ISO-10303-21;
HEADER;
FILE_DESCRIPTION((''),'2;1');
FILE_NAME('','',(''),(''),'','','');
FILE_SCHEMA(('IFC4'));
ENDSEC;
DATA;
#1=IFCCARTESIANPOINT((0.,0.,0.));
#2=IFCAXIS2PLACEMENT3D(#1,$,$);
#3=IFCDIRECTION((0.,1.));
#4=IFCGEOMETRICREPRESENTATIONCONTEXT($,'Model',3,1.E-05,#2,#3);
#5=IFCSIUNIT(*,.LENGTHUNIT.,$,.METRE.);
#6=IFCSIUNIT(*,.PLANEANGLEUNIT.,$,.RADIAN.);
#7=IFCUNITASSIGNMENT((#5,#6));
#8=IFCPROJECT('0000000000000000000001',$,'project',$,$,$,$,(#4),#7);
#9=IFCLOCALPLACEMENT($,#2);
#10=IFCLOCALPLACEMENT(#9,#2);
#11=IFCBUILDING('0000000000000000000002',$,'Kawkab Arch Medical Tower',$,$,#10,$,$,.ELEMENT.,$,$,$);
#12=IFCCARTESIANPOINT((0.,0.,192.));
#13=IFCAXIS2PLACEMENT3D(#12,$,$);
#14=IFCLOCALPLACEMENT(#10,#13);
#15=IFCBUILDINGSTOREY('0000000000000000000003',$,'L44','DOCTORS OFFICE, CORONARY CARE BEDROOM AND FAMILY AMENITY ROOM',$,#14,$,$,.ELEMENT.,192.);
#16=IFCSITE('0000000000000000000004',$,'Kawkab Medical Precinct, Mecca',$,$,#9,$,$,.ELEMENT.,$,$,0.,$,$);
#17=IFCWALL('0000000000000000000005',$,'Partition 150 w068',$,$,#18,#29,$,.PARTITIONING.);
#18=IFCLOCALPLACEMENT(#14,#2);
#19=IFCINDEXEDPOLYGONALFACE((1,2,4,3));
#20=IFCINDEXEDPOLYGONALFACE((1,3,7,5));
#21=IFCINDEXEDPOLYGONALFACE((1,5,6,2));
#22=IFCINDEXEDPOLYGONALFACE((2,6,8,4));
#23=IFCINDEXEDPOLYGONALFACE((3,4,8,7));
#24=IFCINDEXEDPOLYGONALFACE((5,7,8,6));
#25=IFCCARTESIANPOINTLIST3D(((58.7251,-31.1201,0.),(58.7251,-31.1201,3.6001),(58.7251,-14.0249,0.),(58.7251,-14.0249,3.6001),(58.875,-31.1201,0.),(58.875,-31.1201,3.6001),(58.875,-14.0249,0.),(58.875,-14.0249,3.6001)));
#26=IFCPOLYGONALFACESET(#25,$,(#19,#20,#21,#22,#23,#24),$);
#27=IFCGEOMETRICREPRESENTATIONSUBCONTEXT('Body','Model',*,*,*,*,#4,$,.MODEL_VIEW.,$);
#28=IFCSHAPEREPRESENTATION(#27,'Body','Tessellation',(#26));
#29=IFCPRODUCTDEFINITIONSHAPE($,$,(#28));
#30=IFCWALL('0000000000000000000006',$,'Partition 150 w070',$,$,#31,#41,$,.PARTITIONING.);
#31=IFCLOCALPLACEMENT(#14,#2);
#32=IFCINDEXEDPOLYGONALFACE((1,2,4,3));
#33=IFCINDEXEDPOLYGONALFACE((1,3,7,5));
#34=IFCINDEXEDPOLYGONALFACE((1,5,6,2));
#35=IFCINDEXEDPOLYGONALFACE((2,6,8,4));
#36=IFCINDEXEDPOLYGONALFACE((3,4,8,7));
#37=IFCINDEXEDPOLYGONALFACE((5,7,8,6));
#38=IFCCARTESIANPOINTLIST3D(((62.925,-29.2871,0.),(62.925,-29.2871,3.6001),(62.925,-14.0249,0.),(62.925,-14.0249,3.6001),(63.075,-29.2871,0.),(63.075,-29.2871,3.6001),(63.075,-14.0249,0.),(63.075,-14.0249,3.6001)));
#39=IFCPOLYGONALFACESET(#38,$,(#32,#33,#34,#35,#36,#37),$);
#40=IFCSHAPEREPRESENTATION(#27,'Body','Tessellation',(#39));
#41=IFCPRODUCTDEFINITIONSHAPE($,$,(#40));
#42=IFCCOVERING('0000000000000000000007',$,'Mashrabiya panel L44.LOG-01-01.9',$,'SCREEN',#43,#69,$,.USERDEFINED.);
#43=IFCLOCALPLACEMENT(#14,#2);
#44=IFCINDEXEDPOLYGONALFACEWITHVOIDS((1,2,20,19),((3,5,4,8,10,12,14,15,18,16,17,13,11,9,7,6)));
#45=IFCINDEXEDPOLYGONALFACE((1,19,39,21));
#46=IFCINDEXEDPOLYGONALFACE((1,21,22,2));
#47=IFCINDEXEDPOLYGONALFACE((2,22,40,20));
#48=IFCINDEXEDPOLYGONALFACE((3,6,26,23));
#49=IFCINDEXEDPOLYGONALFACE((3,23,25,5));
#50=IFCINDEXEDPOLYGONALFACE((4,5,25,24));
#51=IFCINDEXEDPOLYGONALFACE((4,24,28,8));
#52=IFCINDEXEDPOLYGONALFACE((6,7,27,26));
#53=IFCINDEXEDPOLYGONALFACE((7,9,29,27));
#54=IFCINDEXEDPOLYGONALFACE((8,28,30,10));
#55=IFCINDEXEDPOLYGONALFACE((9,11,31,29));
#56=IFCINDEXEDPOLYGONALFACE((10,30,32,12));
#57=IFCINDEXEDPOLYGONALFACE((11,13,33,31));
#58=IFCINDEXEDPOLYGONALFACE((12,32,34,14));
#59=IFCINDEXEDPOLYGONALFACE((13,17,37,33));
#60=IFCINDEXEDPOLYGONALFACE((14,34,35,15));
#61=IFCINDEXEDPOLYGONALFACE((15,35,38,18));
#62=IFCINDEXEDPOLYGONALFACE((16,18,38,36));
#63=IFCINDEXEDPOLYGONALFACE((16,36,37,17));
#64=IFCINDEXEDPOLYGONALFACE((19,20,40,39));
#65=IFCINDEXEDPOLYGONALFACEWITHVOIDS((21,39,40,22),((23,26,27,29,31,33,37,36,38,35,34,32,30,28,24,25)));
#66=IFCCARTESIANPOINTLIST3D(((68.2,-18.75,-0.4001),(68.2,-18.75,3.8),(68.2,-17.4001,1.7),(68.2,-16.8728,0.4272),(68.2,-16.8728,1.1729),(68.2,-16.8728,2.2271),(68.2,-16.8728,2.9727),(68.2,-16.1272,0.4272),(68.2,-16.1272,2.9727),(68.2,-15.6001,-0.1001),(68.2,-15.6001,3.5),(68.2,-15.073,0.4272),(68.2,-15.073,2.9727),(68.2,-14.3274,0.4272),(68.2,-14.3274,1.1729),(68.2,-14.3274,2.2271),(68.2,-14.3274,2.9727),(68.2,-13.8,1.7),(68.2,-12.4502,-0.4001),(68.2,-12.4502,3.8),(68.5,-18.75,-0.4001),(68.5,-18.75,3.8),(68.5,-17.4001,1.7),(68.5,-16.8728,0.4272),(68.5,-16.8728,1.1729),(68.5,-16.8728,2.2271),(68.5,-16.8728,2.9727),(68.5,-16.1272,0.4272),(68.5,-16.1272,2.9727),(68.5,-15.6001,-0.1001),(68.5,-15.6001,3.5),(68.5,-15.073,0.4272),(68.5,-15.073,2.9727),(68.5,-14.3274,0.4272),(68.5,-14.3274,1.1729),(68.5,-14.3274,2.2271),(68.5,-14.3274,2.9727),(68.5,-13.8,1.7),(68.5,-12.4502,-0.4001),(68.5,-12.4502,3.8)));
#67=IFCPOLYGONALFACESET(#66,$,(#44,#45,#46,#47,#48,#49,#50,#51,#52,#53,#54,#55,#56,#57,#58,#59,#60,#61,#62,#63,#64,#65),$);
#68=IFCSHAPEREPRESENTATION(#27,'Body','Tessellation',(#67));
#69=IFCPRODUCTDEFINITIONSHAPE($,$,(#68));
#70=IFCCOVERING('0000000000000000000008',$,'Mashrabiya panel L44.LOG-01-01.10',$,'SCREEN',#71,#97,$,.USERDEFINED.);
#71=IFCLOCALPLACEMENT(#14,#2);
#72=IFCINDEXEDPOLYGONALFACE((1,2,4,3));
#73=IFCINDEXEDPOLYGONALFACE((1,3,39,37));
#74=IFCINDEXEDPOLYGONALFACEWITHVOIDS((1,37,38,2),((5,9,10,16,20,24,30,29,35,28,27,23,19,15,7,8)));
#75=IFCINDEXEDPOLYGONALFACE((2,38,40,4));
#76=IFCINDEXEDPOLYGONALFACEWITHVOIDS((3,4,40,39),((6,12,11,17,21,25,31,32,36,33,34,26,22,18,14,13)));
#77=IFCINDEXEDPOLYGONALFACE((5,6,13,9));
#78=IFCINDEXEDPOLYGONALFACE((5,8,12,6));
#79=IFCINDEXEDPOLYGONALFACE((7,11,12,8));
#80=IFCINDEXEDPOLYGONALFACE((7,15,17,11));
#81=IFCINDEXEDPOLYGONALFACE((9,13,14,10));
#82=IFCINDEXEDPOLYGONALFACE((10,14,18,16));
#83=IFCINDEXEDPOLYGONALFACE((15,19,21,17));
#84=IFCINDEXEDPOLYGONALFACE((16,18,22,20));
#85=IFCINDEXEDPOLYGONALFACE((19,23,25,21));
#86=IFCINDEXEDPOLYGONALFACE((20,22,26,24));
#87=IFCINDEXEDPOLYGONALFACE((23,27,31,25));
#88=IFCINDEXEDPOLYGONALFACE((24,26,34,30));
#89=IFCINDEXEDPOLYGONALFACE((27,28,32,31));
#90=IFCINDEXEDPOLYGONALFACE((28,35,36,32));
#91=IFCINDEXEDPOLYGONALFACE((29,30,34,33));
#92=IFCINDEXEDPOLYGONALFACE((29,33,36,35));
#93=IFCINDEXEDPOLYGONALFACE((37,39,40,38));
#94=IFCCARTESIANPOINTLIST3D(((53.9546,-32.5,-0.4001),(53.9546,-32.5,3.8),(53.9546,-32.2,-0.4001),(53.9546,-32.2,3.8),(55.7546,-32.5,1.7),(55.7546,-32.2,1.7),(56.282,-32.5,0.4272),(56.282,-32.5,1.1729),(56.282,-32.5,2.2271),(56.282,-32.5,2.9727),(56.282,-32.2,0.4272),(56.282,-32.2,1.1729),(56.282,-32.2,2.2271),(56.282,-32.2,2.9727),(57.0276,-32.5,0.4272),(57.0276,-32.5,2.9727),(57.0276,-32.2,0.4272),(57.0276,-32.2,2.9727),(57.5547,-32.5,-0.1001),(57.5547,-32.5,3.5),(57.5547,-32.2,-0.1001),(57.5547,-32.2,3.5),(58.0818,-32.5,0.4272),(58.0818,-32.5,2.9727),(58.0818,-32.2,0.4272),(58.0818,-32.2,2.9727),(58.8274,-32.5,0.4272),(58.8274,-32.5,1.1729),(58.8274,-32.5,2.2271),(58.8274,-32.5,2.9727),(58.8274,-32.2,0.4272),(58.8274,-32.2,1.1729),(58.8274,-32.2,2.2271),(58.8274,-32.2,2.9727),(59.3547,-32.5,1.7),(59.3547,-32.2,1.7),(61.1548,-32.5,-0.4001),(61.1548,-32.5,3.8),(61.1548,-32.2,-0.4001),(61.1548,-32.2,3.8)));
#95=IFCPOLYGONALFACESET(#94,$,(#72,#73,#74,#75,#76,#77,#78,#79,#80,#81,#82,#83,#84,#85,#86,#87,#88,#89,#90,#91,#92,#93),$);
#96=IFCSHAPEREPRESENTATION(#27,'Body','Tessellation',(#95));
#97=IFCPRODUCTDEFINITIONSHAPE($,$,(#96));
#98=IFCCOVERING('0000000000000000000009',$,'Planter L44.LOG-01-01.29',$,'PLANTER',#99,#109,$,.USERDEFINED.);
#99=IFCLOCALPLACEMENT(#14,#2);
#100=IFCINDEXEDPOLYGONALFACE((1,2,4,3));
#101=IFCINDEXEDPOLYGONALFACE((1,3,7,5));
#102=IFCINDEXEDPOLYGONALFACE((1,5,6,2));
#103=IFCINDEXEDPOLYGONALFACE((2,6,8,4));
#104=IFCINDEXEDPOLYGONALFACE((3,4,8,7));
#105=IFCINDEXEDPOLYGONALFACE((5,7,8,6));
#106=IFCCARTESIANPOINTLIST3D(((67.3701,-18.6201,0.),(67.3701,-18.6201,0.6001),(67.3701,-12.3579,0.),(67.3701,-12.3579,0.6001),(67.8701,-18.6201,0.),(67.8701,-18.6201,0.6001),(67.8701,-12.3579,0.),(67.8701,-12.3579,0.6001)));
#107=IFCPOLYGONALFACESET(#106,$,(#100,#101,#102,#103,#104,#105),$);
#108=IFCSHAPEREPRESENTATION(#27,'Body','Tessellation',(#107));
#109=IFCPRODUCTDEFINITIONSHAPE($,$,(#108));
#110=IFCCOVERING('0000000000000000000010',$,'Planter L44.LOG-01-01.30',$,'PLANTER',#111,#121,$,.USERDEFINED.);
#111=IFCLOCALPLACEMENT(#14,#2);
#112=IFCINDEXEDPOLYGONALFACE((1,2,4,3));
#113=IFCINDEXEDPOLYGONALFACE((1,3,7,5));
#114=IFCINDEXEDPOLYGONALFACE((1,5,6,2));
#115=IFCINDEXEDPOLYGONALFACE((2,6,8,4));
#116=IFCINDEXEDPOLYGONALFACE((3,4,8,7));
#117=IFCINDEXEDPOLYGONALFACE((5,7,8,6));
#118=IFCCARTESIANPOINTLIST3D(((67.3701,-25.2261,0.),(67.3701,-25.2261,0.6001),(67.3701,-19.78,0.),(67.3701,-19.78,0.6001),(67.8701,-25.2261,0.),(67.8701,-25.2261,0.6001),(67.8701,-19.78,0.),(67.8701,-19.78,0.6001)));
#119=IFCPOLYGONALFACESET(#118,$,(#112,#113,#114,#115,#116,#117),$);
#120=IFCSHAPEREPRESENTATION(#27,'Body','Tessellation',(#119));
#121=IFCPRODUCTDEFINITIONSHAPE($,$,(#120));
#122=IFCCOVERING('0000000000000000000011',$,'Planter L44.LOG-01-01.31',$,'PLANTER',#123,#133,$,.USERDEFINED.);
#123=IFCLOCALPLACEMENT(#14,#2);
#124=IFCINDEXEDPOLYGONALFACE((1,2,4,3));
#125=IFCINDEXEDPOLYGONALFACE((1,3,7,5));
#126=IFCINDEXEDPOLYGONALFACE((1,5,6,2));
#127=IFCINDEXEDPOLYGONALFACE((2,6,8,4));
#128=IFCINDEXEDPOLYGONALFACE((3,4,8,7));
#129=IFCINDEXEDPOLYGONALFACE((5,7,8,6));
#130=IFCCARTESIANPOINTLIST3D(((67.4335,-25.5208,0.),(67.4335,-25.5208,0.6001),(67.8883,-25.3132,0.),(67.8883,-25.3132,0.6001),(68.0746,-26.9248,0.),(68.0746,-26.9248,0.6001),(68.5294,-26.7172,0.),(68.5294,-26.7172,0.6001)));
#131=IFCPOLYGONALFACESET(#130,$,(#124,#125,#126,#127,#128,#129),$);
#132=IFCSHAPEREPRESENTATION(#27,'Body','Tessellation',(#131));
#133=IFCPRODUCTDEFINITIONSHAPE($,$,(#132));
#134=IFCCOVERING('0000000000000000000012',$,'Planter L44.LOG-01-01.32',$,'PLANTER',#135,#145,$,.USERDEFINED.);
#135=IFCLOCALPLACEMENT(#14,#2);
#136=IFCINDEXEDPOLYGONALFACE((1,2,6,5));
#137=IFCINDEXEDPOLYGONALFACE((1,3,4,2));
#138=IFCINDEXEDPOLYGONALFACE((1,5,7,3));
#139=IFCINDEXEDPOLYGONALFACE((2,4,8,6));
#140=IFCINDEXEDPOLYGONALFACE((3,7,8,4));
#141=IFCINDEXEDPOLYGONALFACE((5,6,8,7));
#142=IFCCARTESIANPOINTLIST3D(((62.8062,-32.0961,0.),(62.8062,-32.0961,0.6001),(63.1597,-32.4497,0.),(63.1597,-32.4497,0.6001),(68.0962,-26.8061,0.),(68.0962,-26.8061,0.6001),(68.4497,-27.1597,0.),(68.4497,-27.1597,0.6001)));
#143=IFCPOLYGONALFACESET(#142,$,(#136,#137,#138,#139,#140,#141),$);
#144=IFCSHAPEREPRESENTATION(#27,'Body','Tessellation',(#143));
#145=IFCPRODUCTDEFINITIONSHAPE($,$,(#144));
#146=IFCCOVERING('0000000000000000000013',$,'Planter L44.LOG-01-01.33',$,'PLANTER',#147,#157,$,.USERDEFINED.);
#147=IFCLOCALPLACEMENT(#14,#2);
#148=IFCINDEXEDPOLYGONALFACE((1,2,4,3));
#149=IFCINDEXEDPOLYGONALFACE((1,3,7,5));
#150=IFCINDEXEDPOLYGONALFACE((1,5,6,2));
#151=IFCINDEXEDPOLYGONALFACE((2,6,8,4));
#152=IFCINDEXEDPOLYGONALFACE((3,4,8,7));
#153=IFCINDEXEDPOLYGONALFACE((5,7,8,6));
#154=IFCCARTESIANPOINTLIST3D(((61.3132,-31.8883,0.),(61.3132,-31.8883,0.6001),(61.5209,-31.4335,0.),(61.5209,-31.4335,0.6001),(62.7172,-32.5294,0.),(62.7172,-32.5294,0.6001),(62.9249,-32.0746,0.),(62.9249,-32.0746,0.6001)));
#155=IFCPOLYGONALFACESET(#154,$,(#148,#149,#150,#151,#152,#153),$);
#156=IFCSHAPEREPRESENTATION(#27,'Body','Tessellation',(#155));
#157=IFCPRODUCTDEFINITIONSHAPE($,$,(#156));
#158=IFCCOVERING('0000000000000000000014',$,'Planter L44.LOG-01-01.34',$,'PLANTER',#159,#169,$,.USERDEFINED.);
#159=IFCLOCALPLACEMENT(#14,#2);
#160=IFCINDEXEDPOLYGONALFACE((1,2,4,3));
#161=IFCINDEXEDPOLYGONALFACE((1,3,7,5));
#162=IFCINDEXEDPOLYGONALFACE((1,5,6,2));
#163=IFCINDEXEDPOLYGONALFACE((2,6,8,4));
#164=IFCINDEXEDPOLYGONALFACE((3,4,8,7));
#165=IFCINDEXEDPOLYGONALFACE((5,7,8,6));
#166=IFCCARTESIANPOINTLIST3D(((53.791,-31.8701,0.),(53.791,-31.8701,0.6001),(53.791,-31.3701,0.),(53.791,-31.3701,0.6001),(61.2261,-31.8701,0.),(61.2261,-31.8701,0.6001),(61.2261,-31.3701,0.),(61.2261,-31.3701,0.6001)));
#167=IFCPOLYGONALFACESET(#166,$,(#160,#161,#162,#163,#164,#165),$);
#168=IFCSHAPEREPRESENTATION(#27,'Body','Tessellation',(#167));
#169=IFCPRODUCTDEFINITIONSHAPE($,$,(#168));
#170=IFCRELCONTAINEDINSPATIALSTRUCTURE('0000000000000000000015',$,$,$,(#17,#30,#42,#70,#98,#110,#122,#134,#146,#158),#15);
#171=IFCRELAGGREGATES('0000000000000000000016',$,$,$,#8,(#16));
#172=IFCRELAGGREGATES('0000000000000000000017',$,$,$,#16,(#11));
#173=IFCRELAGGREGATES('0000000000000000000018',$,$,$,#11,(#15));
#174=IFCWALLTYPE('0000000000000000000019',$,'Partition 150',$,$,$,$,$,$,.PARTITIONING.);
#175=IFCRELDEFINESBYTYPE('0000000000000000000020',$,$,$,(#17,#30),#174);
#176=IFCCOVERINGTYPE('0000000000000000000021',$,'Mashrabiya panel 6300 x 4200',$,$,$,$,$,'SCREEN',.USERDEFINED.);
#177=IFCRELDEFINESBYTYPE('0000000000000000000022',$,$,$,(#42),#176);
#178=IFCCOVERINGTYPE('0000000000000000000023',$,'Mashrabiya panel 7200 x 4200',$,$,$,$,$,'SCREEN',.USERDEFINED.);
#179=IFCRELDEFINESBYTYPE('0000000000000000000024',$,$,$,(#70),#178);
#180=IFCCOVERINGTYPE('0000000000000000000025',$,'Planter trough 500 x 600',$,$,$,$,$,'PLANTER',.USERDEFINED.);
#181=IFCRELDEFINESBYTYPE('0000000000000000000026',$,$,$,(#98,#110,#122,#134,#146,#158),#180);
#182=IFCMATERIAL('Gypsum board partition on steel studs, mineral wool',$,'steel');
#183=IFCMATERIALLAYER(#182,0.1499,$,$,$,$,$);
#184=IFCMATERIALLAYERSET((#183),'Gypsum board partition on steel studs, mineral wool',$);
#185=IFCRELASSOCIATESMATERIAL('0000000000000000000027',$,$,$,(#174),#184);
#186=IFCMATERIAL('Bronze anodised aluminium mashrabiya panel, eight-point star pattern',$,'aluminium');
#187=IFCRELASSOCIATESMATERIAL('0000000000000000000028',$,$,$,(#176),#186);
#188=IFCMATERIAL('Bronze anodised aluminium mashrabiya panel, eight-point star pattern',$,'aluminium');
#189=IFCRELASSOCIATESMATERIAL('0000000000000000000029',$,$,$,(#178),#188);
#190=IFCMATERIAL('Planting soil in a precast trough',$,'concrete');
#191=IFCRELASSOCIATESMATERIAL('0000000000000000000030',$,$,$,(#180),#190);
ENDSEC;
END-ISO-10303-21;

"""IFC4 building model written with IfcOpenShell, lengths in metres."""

from ifc_helpers import new_model, si_unit, direction, frame, frame_2d, origin, origin_2d, place, context, subcontext, project, spatial, polyline, rectangle, outline, extrude, material, layer, layer_set, material_profile, profile_set, type_object, element, save


model = new_model("IFC4")

# Units and contexts
model_context = context("Model", 3, precision=1e-05, world=origin(), true_north=direction((0.0, 1.0)))
body_context = subcontext(model_context, "Body", "Model", "MODEL_VIEW")
ifc_project = project(units=[si_unit("LENGTHUNIT", "METRE"), si_unit("PLANEANGLEUNIT", "RADIAN")], contexts=[model_context])

# Site, building, storey
site_placement = place(None, origin())
site = spatial("IfcSite", under=ifc_project, at=site_placement, Name="Kawkab Medical Precinct, Mecca", CompositionType="ELEMENT", RefElevation=0.0)
building_placement = place(site_placement, origin())
building = spatial("IfcBuilding", under=site, at=building_placement, Name="Kawkab Arch Medical Tower", CompositionType="ELEMENT")
storey_placement = place(building_placement, frame((0.0, 0.0, 192.0)))
storey = spatial("IfcBuildingStorey", under=building, at=storey_placement, Name="L44", Description="DOCTORS OFFICE, CORONARY CARE BEDROOM AND FAMILY AMENITY ROOM", CompositionType="ELEMENT", Elevation=192.0)

# Walls
ifc_material_1 = material(Name="Gypsum board partition on steel studs, mineral wool", Category="steel")
ifc_layer_1 = layer(ifc_material_1, 0.1499)
ifc_layer_set_1 = layer_set([ifc_layer_1], Name="Gypsum board partition on steel studs, mineral wool")
wall_type = type_object("IfcWallType", Name="Partition 150", PredefinedType="PARTITIONING", material=ifc_layer_set_1)
wall_1_placement = place(storey_placement, frame((58.8, -31.1201, 0.0), z_axis=(0.0, 0.0, 1.0), x_axis=(0.0, 1.0, 0.0)))
element("IfcWall", 1, at=wall_1_placement, inside=storey, type_object=wall_type, Name="Partition 150 w068", PredefinedType="PARTITIONING", context=body_context, shape_type="SweptSolid", body=[
    extrude(rectangle(XDim=17.0952, YDim=0.1499, at=frame_2d((8.5476, 0.0))), origin(), (0.0, 0.0, 1.0), 3.6001),
])
wall_2_placement = place(storey_placement, frame((63.0, -29.2871, 0.0), z_axis=(0.0, 0.0, 1.0), x_axis=(0.0, 1.0, 0.0)))
element("IfcWall", 2, at=wall_2_placement, inside=storey, type_object=wall_type, Name="Partition 150 w070", PredefinedType="PARTITIONING", context=body_context, shape_type="SweptSolid", body=[
    extrude(rectangle(XDim=15.2622, YDim=0.1499, at=frame_2d((7.6311, 0.0))), origin(), (0.0, 0.0, 1.0), 3.6001),
])

# Coverings
ifc_material_2 = material(Name="Bronze anodised aluminium mashrabiya panel, eight-point star pattern", Category="aluminium")
ifc_material_profile_1 = material_profile(ifc_material_2, outline(polyline([(-3.1499, -2.1001), (3.1499, -2.1001), (3.1499, 2.1001), (-3.1499, 2.1001), (-3.1499, -2.1001)]), holes=[polyline([(1.8, 0.0), (1.2727, 0.5271), (1.2727, 1.2727), (0.5271, 1.2727), (0.0, 1.8), (-0.5271, 1.2727), (-1.2727, 1.2727), (-1.2727, 0.5271), (-1.8, 0.0), (-1.2727, -0.5271), (-1.2727, -1.2727), (-0.5271, -1.2727), (0.0, -1.8), (0.5271, -1.2727), (1.2727, -1.2727), (1.2727, -0.5271), (1.8, 0.0)])]), Name="Mashrabiya panel 6300x4200")
ifc_profile_set_1 = profile_set([ifc_material_profile_1], Name="Bronze anodised aluminium mashrabiya panel, eight-point star pattern")
covering_type_1 = type_object("IfcCoveringType", Name="Mashrabiya panel 6300 x 4200", ElementType="SCREEN", PredefinedType="USERDEFINED", material=ifc_profile_set_1)
covering_1_placement = place(storey_placement, frame((68.2, -15.6001, 1.7), z_axis=(1.0, 0.0, 0.0), x_axis=(0.0, 1.0, 0.0)))
element("IfcCovering", 3, at=covering_1_placement, inside=storey, type_object=covering_type_1, Name="Mashrabiya panel L44.LOG-01-01.9", ObjectType="SCREEN", PredefinedType="USERDEFINED", context=body_context, shape_type="SweptSolid", body=[
    extrude(outline(polyline([(-3.1499, -2.1001), (3.1499, -2.1001), (3.1499, 2.1001), (-3.1499, 2.1001), (-3.1499, -2.1001)]), holes=[polyline([(1.8, 0.0), (1.2727, 0.5271), (1.2727, 1.2727), (0.5271, 1.2727), (0.0, 1.8), (-0.5271, 1.2727), (-1.2727, 1.2727), (-1.2727, 0.5271), (-1.8, 0.0), (-1.2727, -0.5271), (-1.2727, -1.2727), (-0.5271, -1.2727), (0.0, -1.8), (0.5271, -1.2727), (1.2727, -1.2727), (1.2727, -0.5271), (1.8, 0.0)])]), origin(), (0.0, 0.0, 1.0), 0.3),
])
ifc_material_3 = material(Name="Bronze anodised aluminium mashrabiya panel, eight-point star pattern", Category="aluminium")
ifc_material_profile_2 = material_profile(ifc_material_3, outline(polyline([(-3.6001, -2.1001), (3.6001, -2.1001), (3.6001, 2.1001), (-3.6001, 2.1001), (-3.6001, -2.1001)]), holes=[polyline([(1.8, 0.0), (1.2727, 0.5271), (1.2727, 1.2727), (0.5271, 1.2727), (0.0, 1.8), (-0.5271, 1.2727), (-1.2727, 1.2727), (-1.2727, 0.5271), (-1.8, 0.0), (-1.2727, -0.5271), (-1.2727, -1.2727), (-0.5271, -1.2727), (0.0, -1.8), (0.5271, -1.2727), (1.2727, -1.2727), (1.2727, -0.5271), (1.8, 0.0)])]), Name="Mashrabiya panel 7200x4200")
ifc_profile_set_2 = profile_set([ifc_material_profile_2], Name="Bronze anodised aluminium mashrabiya panel, eight-point star pattern")
covering_type_2 = type_object("IfcCoveringType", Name="Mashrabiya panel 7200 x 4200", ElementType="SCREEN", PredefinedType="USERDEFINED", material=ifc_profile_set_2)
covering_2_placement = place(storey_placement, frame((57.5547, -32.2, 1.7), z_axis=(0.0, -1.0, 0.0), x_axis=(1.0, 0.0, 0.0)))
element("IfcCovering", 4, at=covering_2_placement, inside=storey, type_object=covering_type_2, Name="Mashrabiya panel L44.LOG-01-01.10", ObjectType="SCREEN", PredefinedType="USERDEFINED", context=body_context, shape_type="SweptSolid", body=[
    extrude(outline(polyline([(-3.6001, -2.1001), (3.6001, -2.1001), (3.6001, 2.1001), (-3.6001, 2.1001), (-3.6001, -2.1001)]), holes=[polyline([(1.8, 0.0), (1.2727, 0.5271), (1.2727, 1.2727), (0.5271, 1.2727), (0.0, 1.8), (-0.5271, 1.2727), (-1.2727, 1.2727), (-1.2727, 0.5271), (-1.8, 0.0), (-1.2727, -0.5271), (-1.2727, -1.2727), (-0.5271, -1.2727), (0.0, -1.8), (0.5271, -1.2727), (1.2727, -1.2727), (1.2727, -0.5271), (1.8, 0.0)])]), origin(), (0.0, 0.0, 1.0), 0.3),
])
ifc_material_4 = material(Name="Planting soil in a precast trough", Category="concrete")
ifc_material_profile_3 = material_profile(ifc_material_4, rectangle(XDim=0.5, YDim=0.6001, at=origin_2d()), Name="Trough 500x600")
ifc_profile_set_3 = profile_set([ifc_material_profile_3], Name="Planting soil in a precast trough")
covering_type_3 = type_object("IfcCoveringType", Name="Planter trough 500 x 600", ElementType="PLANTER", PredefinedType="USERDEFINED", material=ifc_profile_set_3)
covering_3_placement = place(storey_placement, frame((67.6201, -12.3579, 0.3), z_axis=(0.0, -1.0, 0.0), x_axis=(1.0, 0.0, 0.0)))
element("IfcCovering", 5, at=covering_3_placement, inside=storey, type_object=covering_type_3, Name="Planter L44.LOG-01-01.29", ObjectType="PLANTER", PredefinedType="USERDEFINED", context=body_context, shape_type="SweptSolid", body=[
    extrude(rectangle(XDim=0.5, YDim=0.6001, at=origin_2d()), origin(), (0.0, 0.0, 1.0), 6.2622),
])
covering_4_placement = place(storey_placement, frame((67.6201, -19.78, 0.3), z_axis=(0.0, -1.0, 0.0), x_axis=(1.0, 0.0, 0.0)))
element("IfcCovering", 6, at=covering_4_placement, inside=storey, type_object=covering_type_3, Name="Planter L44.LOG-01-01.30", ObjectType="PLANTER", PredefinedType="USERDEFINED", context=body_context, shape_type="SweptSolid", body=[
    extrude(rectangle(XDim=0.5, YDim=0.6001, at=origin_2d()), origin(), (0.0, 0.0, 1.0), 5.446),
])
covering_5_placement = place(storey_placement, frame((67.6609, -25.417, 0.3), z_axis=(0.415363, -0.909656, 0.0), x_axis=(0.909656, 0.415363, 0.0)))
element("IfcCovering", 7, at=covering_5_placement, inside=storey, type_object=covering_type_3, Name="Planter L44.LOG-01-01.31", ObjectType="PLANTER", PredefinedType="USERDEFINED", context=body_context, shape_type="SweptSolid", body=[
    extrude(rectangle(XDim=0.5, YDim=0.6001, at=origin_2d()), origin(), (0.0, 0.0, 1.0), 1.5435),
])
covering_6_placement = place(storey_placement, frame((68.2729, -26.9829, 0.3), z_axis=(-0.707107, -0.707107, 0.0), x_axis=(0.707107, -0.707107, 0.0)))
element("IfcCovering", 8, at=covering_6_placement, inside=storey, type_object=covering_type_3, Name="Planter L44.LOG-01-01.32", ObjectType="PLANTER", PredefinedType="USERDEFINED", context=body_context, shape_type="SweptSolid", body=[
    extrude(rectangle(XDim=0.5, YDim=0.6001, at=origin_2d()), origin(), (0.0, 0.0, 1.0), 7.4812),
])
covering_7_placement = place(storey_placement, frame((62.821, -32.302, 0.3), z_axis=(-0.909656, 0.415363, 0.0), x_axis=(-0.415363, -0.909656, 0.0)))
element("IfcCovering", 9, at=covering_7_placement, inside=storey, type_object=covering_type_3, Name="Planter L44.LOG-01-01.33", ObjectType="PLANTER", PredefinedType="USERDEFINED", context=body_context, shape_type="SweptSolid", body=[
    extrude(rectangle(XDim=0.5, YDim=0.6001, at=origin_2d()), origin(), (0.0, 0.0, 1.0), 1.5435),
])
covering_8_placement = place(storey_placement, frame((61.2261, -31.6201, 0.3), z_axis=(-1.0, 0.0, 0.0), x_axis=(0.0, -1.0, 0.0)))
element("IfcCovering", 10, at=covering_8_placement, inside=storey, type_object=covering_type_3, Name="Planter L44.LOG-01-01.34", ObjectType="PLANTER", PredefinedType="USERDEFINED", context=body_context, shape_type="SweptSolid", body=[
    extrude(rectangle(XDim=0.5, YDim=0.6001, at=origin_2d()), origin(), (0.0, 0.0, 1.0), 7.4351),
])

save(model, "model.ifc")
